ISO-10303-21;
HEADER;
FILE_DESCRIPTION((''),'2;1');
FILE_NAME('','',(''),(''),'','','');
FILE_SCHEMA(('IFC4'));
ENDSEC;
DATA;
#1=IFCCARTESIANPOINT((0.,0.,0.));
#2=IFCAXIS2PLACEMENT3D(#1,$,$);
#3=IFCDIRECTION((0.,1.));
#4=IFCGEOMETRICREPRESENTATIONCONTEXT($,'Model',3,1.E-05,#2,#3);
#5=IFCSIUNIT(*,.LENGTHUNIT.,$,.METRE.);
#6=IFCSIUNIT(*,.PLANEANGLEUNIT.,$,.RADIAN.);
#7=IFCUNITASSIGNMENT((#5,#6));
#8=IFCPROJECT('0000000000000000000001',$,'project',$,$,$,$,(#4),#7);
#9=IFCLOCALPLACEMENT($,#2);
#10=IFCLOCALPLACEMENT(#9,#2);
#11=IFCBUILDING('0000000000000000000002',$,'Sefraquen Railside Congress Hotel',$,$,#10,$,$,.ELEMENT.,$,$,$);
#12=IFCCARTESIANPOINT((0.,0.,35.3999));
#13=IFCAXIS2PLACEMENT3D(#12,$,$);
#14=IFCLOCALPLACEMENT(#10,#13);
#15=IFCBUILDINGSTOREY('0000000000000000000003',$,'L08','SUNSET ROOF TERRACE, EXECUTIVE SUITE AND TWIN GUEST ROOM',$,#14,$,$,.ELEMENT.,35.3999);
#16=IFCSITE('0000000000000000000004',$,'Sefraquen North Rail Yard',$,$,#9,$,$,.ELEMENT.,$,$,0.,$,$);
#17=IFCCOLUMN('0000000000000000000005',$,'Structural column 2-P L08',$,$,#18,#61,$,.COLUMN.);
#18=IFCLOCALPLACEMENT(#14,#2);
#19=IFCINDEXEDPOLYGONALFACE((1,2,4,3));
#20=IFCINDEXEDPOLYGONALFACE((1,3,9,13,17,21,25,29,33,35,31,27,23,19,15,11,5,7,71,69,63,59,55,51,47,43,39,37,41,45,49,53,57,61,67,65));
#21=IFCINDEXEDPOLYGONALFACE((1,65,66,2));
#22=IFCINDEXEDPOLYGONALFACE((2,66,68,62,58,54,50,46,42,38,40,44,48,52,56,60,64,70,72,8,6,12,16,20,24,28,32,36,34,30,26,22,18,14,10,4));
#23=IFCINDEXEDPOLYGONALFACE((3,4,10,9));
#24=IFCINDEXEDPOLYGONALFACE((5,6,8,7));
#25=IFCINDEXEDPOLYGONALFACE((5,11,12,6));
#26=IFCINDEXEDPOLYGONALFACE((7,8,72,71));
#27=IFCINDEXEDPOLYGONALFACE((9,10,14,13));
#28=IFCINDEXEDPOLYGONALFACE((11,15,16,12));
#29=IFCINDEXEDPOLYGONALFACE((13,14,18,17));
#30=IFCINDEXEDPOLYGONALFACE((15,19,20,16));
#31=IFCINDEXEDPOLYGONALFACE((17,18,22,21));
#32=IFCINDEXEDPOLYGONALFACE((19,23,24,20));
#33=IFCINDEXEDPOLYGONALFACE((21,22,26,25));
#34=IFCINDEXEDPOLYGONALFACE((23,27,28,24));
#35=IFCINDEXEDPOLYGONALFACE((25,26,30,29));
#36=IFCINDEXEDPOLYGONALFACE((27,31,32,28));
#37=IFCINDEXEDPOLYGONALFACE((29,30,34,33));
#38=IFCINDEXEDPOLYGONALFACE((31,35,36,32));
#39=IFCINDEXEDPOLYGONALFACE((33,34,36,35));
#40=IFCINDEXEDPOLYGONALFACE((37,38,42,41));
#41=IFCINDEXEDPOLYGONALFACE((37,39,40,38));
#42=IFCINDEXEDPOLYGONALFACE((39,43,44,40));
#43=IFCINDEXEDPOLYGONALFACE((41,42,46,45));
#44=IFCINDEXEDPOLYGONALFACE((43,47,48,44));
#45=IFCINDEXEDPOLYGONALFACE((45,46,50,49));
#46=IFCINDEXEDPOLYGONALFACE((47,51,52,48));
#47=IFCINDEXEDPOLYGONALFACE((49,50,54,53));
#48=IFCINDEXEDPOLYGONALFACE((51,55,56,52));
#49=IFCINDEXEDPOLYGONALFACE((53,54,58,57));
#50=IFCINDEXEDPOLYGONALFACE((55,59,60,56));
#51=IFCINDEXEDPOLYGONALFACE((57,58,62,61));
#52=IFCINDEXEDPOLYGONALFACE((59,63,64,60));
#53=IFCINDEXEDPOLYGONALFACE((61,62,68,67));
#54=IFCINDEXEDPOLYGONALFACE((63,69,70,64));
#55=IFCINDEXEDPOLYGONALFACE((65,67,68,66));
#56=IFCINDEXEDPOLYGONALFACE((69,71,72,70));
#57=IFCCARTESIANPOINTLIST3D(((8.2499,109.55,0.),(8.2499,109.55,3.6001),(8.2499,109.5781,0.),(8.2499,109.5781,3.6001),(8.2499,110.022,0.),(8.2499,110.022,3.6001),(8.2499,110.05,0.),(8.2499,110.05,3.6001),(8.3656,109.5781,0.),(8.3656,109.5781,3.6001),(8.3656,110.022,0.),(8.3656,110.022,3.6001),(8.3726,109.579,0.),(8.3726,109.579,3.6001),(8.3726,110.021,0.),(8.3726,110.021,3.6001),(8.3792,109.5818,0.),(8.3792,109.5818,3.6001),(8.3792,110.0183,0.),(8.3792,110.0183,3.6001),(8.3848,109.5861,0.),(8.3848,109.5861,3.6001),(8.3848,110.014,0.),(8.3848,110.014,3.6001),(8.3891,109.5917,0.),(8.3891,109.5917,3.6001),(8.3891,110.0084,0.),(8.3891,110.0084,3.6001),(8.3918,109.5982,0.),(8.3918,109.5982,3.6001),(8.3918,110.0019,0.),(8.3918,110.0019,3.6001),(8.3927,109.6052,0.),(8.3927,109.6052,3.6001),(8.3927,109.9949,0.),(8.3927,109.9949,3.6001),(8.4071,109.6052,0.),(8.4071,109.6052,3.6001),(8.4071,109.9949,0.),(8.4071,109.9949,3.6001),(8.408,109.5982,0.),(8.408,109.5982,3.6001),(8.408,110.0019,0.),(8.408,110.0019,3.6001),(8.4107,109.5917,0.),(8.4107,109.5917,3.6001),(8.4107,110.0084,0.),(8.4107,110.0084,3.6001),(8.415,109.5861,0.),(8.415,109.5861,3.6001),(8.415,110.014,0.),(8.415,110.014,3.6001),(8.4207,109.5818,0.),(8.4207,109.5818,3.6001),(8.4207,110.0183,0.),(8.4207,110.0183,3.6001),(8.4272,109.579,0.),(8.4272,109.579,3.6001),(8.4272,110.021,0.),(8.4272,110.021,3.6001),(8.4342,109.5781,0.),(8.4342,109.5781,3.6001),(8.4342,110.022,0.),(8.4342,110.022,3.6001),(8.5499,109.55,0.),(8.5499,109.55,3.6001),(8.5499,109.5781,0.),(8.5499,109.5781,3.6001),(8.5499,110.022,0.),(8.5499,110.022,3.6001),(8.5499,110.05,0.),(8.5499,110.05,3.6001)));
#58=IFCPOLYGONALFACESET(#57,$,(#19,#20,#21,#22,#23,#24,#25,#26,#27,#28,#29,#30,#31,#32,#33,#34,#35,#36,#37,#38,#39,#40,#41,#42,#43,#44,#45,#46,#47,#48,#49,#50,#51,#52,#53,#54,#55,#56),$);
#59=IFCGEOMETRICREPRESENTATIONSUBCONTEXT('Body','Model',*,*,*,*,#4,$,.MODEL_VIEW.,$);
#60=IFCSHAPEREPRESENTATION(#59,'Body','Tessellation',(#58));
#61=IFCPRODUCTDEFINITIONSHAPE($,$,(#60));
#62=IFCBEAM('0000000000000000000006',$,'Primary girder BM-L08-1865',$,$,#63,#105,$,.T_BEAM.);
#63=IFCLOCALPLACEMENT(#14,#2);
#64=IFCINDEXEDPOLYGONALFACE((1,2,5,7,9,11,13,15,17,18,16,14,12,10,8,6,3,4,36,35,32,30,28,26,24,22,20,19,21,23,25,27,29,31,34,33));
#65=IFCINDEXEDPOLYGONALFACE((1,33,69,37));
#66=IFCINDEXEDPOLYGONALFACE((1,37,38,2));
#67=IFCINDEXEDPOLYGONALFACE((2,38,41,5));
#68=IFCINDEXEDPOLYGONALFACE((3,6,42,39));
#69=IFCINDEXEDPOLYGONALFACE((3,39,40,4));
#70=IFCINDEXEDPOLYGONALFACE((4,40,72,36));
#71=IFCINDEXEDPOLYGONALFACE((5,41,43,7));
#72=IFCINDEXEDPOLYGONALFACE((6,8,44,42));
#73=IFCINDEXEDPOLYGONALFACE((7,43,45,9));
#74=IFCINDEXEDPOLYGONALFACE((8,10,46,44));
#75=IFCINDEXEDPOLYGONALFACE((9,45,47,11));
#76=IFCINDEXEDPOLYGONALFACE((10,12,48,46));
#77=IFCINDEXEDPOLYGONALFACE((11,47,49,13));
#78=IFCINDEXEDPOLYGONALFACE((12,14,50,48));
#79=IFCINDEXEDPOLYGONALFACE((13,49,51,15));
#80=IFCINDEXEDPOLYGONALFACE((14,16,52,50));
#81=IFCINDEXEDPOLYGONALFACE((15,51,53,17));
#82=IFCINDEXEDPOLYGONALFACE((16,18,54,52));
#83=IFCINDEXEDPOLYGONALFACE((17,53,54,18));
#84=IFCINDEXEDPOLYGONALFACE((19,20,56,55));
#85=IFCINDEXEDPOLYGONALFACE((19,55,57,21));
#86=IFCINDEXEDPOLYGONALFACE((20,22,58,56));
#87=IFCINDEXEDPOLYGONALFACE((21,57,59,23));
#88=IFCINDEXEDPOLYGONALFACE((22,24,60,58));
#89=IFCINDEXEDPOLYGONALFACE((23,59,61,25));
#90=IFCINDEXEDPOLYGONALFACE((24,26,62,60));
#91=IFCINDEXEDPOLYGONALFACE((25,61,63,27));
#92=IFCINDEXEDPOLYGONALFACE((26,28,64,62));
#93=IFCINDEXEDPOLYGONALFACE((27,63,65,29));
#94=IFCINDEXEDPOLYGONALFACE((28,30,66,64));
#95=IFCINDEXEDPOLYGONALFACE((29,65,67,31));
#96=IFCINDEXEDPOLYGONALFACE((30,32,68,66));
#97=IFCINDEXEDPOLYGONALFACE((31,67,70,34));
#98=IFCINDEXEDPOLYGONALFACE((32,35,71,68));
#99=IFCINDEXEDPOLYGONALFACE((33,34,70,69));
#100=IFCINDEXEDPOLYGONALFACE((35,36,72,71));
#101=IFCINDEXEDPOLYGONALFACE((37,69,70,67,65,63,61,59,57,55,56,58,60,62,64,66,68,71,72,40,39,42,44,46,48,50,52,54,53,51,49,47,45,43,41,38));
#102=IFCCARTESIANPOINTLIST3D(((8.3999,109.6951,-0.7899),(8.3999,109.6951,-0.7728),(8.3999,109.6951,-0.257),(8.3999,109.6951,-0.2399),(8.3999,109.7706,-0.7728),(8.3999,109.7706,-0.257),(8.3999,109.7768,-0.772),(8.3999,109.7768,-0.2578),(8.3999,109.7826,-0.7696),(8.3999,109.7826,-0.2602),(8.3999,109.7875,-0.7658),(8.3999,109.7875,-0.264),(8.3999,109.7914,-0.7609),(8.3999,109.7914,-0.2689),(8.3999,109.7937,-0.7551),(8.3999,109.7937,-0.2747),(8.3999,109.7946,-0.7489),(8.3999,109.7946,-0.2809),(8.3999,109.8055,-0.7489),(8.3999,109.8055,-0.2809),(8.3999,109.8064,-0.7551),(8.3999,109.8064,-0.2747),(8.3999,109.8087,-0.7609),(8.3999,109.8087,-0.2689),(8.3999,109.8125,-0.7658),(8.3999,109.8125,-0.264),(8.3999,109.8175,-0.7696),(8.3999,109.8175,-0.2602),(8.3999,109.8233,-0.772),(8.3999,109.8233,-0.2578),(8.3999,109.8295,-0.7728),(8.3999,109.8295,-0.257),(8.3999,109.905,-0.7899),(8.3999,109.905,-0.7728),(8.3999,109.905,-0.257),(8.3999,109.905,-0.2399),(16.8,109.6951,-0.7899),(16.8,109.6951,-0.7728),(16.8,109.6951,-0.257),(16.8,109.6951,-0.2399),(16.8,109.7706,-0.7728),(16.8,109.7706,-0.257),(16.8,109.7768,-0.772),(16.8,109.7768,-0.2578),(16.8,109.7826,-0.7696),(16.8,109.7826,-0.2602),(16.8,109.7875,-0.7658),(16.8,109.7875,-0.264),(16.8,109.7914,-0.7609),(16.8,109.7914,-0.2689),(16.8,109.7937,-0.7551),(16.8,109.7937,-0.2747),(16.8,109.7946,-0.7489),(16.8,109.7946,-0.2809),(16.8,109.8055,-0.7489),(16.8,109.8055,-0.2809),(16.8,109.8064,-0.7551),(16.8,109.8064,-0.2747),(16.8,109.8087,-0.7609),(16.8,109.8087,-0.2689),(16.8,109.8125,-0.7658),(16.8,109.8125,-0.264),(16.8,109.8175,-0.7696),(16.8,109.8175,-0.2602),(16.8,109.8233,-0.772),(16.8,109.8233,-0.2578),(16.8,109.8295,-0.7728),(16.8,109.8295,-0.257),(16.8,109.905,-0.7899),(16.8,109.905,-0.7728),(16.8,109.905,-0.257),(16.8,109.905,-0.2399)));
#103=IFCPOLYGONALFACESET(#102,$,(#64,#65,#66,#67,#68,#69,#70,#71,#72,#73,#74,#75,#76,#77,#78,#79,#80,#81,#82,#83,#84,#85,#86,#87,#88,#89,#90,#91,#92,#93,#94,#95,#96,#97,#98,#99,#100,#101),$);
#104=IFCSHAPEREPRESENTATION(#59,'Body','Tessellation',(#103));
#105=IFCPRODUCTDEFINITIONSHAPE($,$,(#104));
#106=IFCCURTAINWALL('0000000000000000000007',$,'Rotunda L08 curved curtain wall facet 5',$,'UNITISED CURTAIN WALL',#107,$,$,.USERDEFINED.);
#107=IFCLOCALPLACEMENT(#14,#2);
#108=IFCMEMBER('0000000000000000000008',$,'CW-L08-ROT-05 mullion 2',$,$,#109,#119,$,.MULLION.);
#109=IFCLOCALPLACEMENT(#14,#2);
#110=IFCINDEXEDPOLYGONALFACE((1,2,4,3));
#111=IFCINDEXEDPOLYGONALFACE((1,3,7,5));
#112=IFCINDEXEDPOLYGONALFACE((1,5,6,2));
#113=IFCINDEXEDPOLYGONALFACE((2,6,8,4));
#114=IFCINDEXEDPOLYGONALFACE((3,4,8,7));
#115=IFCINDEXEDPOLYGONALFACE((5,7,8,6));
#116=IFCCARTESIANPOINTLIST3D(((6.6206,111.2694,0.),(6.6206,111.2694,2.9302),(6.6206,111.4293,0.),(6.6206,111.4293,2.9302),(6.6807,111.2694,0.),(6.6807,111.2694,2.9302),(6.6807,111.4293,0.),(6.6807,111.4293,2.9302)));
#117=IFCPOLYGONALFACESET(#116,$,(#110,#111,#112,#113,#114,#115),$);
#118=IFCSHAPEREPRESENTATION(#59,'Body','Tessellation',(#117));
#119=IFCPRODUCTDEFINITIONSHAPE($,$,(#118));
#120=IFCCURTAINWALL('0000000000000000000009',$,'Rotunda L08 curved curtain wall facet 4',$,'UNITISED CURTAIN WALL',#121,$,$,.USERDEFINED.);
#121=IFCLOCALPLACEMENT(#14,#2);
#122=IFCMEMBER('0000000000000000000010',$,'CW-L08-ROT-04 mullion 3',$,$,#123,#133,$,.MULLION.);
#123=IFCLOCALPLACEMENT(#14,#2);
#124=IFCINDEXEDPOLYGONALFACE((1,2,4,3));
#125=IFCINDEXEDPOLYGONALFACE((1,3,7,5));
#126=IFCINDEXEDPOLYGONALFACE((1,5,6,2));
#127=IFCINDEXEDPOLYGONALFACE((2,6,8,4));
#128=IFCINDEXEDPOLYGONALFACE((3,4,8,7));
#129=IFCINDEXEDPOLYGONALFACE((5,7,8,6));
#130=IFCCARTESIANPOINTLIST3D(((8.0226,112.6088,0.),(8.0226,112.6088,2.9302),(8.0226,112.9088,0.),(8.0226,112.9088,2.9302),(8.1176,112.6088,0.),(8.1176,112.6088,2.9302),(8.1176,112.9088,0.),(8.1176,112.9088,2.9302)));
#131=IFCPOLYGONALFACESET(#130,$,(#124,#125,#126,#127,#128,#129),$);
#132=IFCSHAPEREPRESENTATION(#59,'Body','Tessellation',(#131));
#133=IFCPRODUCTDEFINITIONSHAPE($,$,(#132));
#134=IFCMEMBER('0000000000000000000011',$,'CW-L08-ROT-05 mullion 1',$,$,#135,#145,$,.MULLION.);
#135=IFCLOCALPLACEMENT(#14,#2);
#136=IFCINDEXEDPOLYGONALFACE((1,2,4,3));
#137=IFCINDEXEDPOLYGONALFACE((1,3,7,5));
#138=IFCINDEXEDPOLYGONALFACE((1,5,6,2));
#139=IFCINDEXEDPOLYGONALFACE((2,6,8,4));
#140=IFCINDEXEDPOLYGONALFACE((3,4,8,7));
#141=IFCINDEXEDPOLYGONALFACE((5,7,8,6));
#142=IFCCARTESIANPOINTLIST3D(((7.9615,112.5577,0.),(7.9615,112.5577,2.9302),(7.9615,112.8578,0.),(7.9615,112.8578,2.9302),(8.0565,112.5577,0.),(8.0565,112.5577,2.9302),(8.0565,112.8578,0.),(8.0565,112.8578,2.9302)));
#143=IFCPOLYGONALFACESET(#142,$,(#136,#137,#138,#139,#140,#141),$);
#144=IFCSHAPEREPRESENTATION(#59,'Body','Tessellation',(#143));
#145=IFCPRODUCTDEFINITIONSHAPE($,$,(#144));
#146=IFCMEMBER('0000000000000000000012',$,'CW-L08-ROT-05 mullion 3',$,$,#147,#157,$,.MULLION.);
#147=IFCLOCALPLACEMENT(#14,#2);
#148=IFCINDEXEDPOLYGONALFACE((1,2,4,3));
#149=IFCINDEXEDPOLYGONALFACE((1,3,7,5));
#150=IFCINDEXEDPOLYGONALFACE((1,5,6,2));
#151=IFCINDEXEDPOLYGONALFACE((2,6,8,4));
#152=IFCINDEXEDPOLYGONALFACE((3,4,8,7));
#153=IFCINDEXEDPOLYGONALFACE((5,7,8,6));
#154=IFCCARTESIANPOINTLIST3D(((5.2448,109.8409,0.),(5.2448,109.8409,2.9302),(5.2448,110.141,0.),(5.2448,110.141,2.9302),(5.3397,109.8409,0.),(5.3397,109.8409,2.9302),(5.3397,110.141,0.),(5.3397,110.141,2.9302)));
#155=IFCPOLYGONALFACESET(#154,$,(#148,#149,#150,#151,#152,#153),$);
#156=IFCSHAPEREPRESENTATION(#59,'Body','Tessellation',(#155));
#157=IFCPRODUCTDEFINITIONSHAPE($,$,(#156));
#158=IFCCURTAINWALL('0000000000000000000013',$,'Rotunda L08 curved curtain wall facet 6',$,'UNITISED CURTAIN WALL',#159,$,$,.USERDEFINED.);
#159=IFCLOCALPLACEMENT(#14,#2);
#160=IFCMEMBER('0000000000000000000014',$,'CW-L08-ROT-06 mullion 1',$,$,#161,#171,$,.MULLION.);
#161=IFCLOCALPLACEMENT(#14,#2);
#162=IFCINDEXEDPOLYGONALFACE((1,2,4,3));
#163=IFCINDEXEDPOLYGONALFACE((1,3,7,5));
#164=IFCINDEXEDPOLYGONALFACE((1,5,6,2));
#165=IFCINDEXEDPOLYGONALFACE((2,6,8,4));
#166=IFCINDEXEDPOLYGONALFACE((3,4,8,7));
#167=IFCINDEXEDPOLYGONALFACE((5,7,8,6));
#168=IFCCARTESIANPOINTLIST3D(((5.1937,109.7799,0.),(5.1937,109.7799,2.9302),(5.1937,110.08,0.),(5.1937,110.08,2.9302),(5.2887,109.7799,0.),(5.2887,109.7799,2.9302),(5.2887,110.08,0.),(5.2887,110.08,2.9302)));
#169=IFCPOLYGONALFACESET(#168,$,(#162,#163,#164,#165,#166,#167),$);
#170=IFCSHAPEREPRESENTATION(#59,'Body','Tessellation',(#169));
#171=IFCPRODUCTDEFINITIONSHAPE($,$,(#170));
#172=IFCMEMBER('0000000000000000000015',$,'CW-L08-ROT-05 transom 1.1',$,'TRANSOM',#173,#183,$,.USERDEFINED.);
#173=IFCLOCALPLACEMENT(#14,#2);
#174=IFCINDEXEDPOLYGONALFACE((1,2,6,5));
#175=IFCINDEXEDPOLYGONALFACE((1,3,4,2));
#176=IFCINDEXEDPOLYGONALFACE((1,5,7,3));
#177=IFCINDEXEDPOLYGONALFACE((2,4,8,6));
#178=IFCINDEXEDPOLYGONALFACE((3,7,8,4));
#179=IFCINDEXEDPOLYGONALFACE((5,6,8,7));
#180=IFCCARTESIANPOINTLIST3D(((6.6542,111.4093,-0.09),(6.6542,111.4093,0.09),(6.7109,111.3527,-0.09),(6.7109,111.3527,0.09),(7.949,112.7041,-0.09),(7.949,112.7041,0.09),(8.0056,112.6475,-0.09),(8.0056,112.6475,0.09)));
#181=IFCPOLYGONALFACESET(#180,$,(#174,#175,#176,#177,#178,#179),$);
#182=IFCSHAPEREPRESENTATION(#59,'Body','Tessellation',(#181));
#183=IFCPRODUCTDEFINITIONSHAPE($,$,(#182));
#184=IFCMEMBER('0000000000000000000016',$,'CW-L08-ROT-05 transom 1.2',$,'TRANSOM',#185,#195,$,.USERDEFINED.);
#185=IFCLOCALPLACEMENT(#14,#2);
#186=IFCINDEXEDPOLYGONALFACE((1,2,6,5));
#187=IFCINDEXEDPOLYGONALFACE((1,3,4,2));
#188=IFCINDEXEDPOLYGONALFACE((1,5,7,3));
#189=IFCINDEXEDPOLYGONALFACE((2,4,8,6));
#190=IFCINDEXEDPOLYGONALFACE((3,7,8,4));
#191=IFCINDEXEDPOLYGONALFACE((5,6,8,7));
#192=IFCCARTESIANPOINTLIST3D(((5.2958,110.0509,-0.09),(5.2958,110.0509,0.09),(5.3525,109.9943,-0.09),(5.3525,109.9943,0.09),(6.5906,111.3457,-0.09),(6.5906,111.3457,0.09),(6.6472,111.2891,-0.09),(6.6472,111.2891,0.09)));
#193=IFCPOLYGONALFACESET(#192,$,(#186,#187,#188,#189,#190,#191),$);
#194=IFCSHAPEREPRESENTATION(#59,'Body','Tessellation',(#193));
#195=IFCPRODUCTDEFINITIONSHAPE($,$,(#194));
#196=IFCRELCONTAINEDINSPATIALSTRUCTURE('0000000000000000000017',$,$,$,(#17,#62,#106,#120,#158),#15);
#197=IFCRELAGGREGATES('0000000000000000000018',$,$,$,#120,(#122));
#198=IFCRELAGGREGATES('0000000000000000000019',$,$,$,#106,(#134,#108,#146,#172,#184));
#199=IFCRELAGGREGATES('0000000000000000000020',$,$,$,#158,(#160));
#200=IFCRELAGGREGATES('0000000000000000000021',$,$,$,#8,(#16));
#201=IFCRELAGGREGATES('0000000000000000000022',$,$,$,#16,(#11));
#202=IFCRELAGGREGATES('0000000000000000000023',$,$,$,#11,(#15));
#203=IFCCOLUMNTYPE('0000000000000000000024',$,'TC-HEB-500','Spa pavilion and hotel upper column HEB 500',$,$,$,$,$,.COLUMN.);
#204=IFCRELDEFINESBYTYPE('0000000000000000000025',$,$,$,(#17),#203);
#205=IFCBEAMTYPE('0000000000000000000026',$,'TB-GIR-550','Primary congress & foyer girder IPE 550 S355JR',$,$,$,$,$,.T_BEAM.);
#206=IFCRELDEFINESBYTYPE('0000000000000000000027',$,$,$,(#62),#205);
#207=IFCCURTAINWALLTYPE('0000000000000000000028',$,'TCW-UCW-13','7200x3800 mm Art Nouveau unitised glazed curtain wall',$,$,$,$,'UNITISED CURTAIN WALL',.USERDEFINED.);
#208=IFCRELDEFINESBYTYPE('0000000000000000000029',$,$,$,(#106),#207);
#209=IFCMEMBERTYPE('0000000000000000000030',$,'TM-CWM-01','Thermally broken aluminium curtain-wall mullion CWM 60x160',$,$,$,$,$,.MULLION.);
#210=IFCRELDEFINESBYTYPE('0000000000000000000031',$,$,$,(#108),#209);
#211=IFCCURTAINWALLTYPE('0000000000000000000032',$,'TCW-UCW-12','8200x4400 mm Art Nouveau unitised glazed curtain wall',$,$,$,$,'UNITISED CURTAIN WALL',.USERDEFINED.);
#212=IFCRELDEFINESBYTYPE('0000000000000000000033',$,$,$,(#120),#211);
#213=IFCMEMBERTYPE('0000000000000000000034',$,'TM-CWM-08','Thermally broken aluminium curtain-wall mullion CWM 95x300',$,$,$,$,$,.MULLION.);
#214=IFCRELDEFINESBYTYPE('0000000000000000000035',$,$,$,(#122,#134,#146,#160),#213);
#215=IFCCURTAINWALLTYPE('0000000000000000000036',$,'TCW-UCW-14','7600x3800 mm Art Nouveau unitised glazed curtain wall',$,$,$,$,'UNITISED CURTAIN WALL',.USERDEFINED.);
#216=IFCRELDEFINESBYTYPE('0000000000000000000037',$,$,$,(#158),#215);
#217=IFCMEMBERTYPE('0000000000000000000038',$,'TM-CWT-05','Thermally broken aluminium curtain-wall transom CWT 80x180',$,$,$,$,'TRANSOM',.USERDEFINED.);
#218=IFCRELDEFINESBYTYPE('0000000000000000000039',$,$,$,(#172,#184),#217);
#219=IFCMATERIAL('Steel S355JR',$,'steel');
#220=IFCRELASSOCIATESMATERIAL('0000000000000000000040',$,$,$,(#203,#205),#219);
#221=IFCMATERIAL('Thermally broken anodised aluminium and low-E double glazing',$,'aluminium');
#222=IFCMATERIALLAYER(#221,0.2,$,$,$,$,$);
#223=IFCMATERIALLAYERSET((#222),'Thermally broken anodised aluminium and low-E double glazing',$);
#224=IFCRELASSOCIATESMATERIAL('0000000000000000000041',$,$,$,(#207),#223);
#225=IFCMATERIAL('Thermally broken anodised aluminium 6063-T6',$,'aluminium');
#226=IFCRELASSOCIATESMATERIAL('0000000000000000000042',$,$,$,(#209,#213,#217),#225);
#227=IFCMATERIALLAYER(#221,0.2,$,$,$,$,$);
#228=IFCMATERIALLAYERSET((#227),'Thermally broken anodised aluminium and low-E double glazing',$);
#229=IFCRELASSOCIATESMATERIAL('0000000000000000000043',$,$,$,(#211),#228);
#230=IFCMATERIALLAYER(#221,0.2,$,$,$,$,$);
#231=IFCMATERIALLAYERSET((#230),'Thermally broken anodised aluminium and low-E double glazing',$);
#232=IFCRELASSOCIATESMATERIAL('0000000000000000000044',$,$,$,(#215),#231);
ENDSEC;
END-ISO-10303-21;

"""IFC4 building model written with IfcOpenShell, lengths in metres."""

from ifc_helpers import new_model, si_unit, direction, frame, origin, origin_2d, place, context, subcontext, project, spatial, rectangle, i_section, extrude, material, layer, layer_set, material_profile, profile_set, type_object, element, aggregate, save


model = new_model("IFC4")

# Units and contexts
model_context = context("Model", 3, precision=1e-05, world=origin(), true_north=direction((0.0, 1.0)))
body_context = subcontext(model_context, "Body", "Model", "MODEL_VIEW")
ifc_project = project(units=[si_unit("LENGTHUNIT", "METRE"), si_unit("PLANEANGLEUNIT", "RADIAN")], contexts=[model_context])

# Site, building, storey
site_placement = place(None, origin())
site = spatial("IfcSite", under=ifc_project, at=site_placement, Name="Sefraquen North Rail Yard", CompositionType="ELEMENT", RefElevation=0.0)
building_placement = place(site_placement, origin())
building = spatial("IfcBuilding", under=site, at=building_placement, Name="Sefraquen Railside Congress Hotel", CompositionType="ELEMENT")
storey_placement = place(building_placement, frame((0.0, 0.0, 35.3999)))
storey = spatial("IfcBuildingStorey", under=building, at=storey_placement, Name="L08", Description="SUNSET ROOF TERRACE, EXECUTIVE SUITE AND TWIN GUEST ROOM", CompositionType="ELEMENT", Elevation=35.3999)

# Column
ifc_material_1 = material(Name="Steel S355JR", Category="steel")
ifc_material_profile_1 = material_profile(ifc_material_1, i_section(OverallWidth=0.3, OverallDepth=0.5, WebThickness=0.0144, FlangeThickness=0.0281, FilletRadius=0.0271, at=origin_2d()), Name="HEB 500")
ifc_profile_set_1 = profile_set([ifc_material_profile_1], Name="Steel S355JR")
column_type = type_object("IfcColumnType", Name="TC-HEB-500", Description="Spa pavilion and hotel upper column HEB 500", PredefinedType="COLUMN", material=ifc_profile_set_1)
column_placement = place(storey_placement, frame((8.3999, 109.8, 0.0), z_axis=(0.0, 0.0, 1.0), x_axis=(1.0, 0.0, 0.0)))
element("IfcColumn", 1, at=column_placement, inside=storey, type_object=column_type, Name="Structural column 2-P L08", PredefinedType="COLUMN", context=body_context, shape_type="SweptSolid", body=[
    extrude(i_section(OverallWidth=0.3, OverallDepth=0.5, WebThickness=0.0144, FlangeThickness=0.0281, FilletRadius=0.0271, at=origin_2d()), origin(), (0.0, 0.0, 1.0), 3.6001),
])

# Beam
ifc_material_profile_2 = material_profile(ifc_material_1, i_section(OverallWidth=0.21, OverallDepth=0.55, WebThickness=0.011, FlangeThickness=0.0171, FilletRadius=0.0239, at=origin_2d()), Name="IPE 550")
ifc_profile_set_2 = profile_set([ifc_material_profile_2], Name="Steel S355JR")
beam_type = type_object("IfcBeamType", Name="TB-GIR-550", Description="Primary congress & foyer girder IPE 550 S355JR", PredefinedType="T_BEAM", material=ifc_profile_set_2)
beam_placement = place(storey_placement, frame((8.3999, 109.8, -0.5149), z_axis=(1.0, 0.0, 0.0), x_axis=(0.0, 1.0, 0.0)))
element("IfcBeam", 2, at=beam_placement, inside=storey, type_object=beam_type, Name="Primary girder BM-L08-1865", PredefinedType="T_BEAM", context=body_context, shape_type="SweptSolid", body=[
    extrude(i_section(OverallWidth=0.21, OverallDepth=0.55, WebThickness=0.011, FlangeThickness=0.0171, FilletRadius=0.0239, at=origin_2d()), origin(), (0.0, 0.0, 1.0), 8.4001),
])

# Curtain walls, members
ifc_material_2 = material(Name="Thermally broken anodised aluminium and low-E double glazing", Category="aluminium")
ifc_layer_1 = layer(ifc_material_2, 0.2)
ifc_layer_set_1 = layer_set([ifc_layer_1], Name="Thermally broken anodised aluminium and low-E double glazing")
curtain_wall_type_1 = type_object("IfcCurtainWallType", Name="TCW-UCW-13", Description="7200x3800 mm Art Nouveau unitised glazed curtain wall", ElementType="UNITISED CURTAIN WALL", PredefinedType="USERDEFINED", material=ifc_layer_set_1)
curtain_wall_1_placement = place(storey_placement, origin())
curtain_wall_1 = element("IfcCurtainWall", 3, at=curtain_wall_1_placement, inside=storey, type_object=curtain_wall_type_1, Name="Rotunda L08 curved curtain wall facet 5", ObjectType="UNITISED CURTAIN WALL", PredefinedType="USERDEFINED")
ifc_material_3 = material(Name="Thermally broken anodised aluminium 6063-T6", Category="aluminium")
ifc_material_profile_3 = material_profile(ifc_material_3, rectangle(XDim=0.0601, YDim=0.1599, at=origin_2d()), Name="CWM 60x160")
ifc_profile_set_3 = profile_set([ifc_material_profile_3], Name="Thermally broken anodised aluminium 6063-T6")
member_type_1 = type_object("IfcMemberType", Name="TM-CWM-01", Description="Thermally broken aluminium curtain-wall mullion CWM 60x160", PredefinedType="MULLION", material=ifc_profile_set_3)
member_1_placement = place(storey_placement, frame((6.6506, 111.3494, 0.0), z_axis=(0.0, 0.0, 1.0), x_axis=(1.0, 0.0, 0.0)))
member_1 = element("IfcMember", 4, at=member_1_placement, type_object=member_type_1, Name="CW-L08-ROT-05 mullion 2", PredefinedType="MULLION", context=body_context, shape_type="SweptSolid", body=[
    extrude(rectangle(XDim=0.0601, YDim=0.1599, at=origin_2d()), origin(), (0.0, 0.0, 1.0), 2.9302),
])
ifc_layer_2 = layer(ifc_material_2, 0.2)
ifc_layer_set_2 = layer_set([ifc_layer_2], Name="Thermally broken anodised aluminium and low-E double glazing")
curtain_wall_type_2 = type_object("IfcCurtainWallType", Name="TCW-UCW-12", Description="8200x4400 mm Art Nouveau unitised glazed curtain wall", ElementType="UNITISED CURTAIN WALL", PredefinedType="USERDEFINED", material=ifc_layer_set_2)
curtain_wall_2_placement = place(storey_placement, origin())
curtain_wall_2 = element("IfcCurtainWall", 5, at=curtain_wall_2_placement, inside=storey, type_object=curtain_wall_type_2, Name="Rotunda L08 curved curtain wall facet 4", ObjectType="UNITISED CURTAIN WALL", PredefinedType="USERDEFINED")
ifc_material_profile_4 = material_profile(ifc_material_3, rectangle(XDim=0.095, YDim=0.3, at=origin_2d()), Name="CWM 95x300")
ifc_profile_set_4 = profile_set([ifc_material_profile_4], Name="Thermally broken anodised aluminium 6063-T6")
member_type_2 = type_object("IfcMemberType", Name="TM-CWM-08", Description="Thermally broken aluminium curtain-wall mullion CWM 95x300", PredefinedType="MULLION", material=ifc_profile_set_4)
member_2_placement = place(storey_placement, frame((8.0701, 112.7588, 0.0), z_axis=(0.0, 0.0, 1.0), x_axis=(1.0, 0.0, 0.0)))
member_2 = element("IfcMember", 6, at=member_2_placement, type_object=member_type_2, Name="CW-L08-ROT-04 mullion 3", PredefinedType="MULLION", context=body_context, shape_type="SweptSolid", body=[
    extrude(rectangle(XDim=0.095, YDim=0.3, at=origin_2d()), origin(), (0.0, 0.0, 1.0), 2.9302),
])
aggregate(curtain_wall_2, [member_2])

# Members
member_3_placement = place(storey_placement, frame((8.009, 112.7078, 0.0), z_axis=(0.0, 0.0, 1.0), x_axis=(1.0, 0.0, 0.0)))
member_3 = element("IfcMember", 7, at=member_3_placement, type_object=member_type_2, Name="CW-L08-ROT-05 mullion 1", PredefinedType="MULLION", context=body_context, shape_type="SweptSolid", body=[
    extrude(rectangle(XDim=0.095, YDim=0.3, at=origin_2d()), origin(), (0.0, 0.0, 1.0), 2.9302),
])
member_4_placement = place(storey_placement, frame((5.2922, 109.991, 0.0), z_axis=(0.0, 0.0, 1.0), x_axis=(1.0, 0.0, 0.0)))
member_4 = element("IfcMember", 8, at=member_4_placement, type_object=member_type_2, Name="CW-L08-ROT-05 mullion 3", PredefinedType="MULLION", context=body_context, shape_type="SweptSolid", body=[
    extrude(rectangle(XDim=0.095, YDim=0.3, at=origin_2d()), origin(), (0.0, 0.0, 1.0), 2.9302),
])

# Curtain wall, member
ifc_layer_3 = layer(ifc_material_2, 0.2)
ifc_layer_set_3 = layer_set([ifc_layer_3], Name="Thermally broken anodised aluminium and low-E double glazing")
curtain_wall_type_3 = type_object("IfcCurtainWallType", Name="TCW-UCW-14", Description="7600x3800 mm Art Nouveau unitised glazed curtain wall", ElementType="UNITISED CURTAIN WALL", PredefinedType="USERDEFINED", material=ifc_layer_set_3)
curtain_wall_3_placement = place(storey_placement, origin())
curtain_wall_3 = element("IfcCurtainWall", 9, at=curtain_wall_3_placement, inside=storey, type_object=curtain_wall_type_3, Name="Rotunda L08 curved curtain wall facet 6", ObjectType="UNITISED CURTAIN WALL", PredefinedType="USERDEFINED")
member_5_placement = place(storey_placement, frame((5.2412, 109.9299, 0.0), z_axis=(0.0, 0.0, 1.0), x_axis=(1.0, 0.0, 0.0)))
member_5 = element("IfcMember", 10, at=member_5_placement, type_object=member_type_2, Name="CW-L08-ROT-06 mullion 1", PredefinedType="MULLION", context=body_context, shape_type="SweptSolid", body=[
    extrude(rectangle(XDim=0.095, YDim=0.3, at=origin_2d()), origin(), (0.0, 0.0, 1.0), 2.9302),
])

# Members
ifc_material_profile_5 = material_profile(ifc_material_3, rectangle(XDim=0.0801, YDim=0.1799, at=origin_2d()), Name="CWT 80x180")
ifc_profile_set_5 = profile_set([ifc_material_profile_5], Name="Thermally broken anodised aluminium 6063-T6")
member_type_3 = type_object("IfcMemberType", Name="TM-CWT-05", Description="Thermally broken aluminium curtain-wall transom CWT 80x180", ElementType="TRANSOM", PredefinedType="USERDEFINED", material=ifc_profile_set_5)
member_6_placement = place(storey_placement, frame((7.9773, 112.6758, 0.0), z_axis=(-0.707107, -0.707107, 0.0), x_axis=(0.707107, -0.707107, 0.0)))
member_6 = element("IfcMember", 11, at=member_6_placement, type_object=member_type_3, Name="CW-L08-ROT-05 transom 1.1", ObjectType="TRANSOM", PredefinedType="USERDEFINED", context=body_context, shape_type="SweptSolid", body=[
    extrude(rectangle(XDim=0.0801, YDim=0.1799, at=origin_2d()), origin(), (0.0, 0.0, 1.0), 1.8311),
])
member_7_placement = place(storey_placement, frame((6.6189, 111.3174, 0.0), z_axis=(-0.707107, -0.707107, 0.0), x_axis=(0.707107, -0.707107, 0.0)))
member_7 = element("IfcMember", 12, at=member_7_placement, type_object=member_type_3, Name="CW-L08-ROT-05 transom 1.2", ObjectType="TRANSOM", PredefinedType="USERDEFINED", context=body_context, shape_type="SweptSolid", body=[
    extrude(rectangle(XDim=0.0801, YDim=0.1799, at=origin_2d()), origin(), (0.0, 0.0, 1.0), 1.8311),
])

aggregate(curtain_wall_1, [member_3, member_1, member_4, member_6, member_7])
aggregate(curtain_wall_3, [member_5])

save(model, "model.ifc")
